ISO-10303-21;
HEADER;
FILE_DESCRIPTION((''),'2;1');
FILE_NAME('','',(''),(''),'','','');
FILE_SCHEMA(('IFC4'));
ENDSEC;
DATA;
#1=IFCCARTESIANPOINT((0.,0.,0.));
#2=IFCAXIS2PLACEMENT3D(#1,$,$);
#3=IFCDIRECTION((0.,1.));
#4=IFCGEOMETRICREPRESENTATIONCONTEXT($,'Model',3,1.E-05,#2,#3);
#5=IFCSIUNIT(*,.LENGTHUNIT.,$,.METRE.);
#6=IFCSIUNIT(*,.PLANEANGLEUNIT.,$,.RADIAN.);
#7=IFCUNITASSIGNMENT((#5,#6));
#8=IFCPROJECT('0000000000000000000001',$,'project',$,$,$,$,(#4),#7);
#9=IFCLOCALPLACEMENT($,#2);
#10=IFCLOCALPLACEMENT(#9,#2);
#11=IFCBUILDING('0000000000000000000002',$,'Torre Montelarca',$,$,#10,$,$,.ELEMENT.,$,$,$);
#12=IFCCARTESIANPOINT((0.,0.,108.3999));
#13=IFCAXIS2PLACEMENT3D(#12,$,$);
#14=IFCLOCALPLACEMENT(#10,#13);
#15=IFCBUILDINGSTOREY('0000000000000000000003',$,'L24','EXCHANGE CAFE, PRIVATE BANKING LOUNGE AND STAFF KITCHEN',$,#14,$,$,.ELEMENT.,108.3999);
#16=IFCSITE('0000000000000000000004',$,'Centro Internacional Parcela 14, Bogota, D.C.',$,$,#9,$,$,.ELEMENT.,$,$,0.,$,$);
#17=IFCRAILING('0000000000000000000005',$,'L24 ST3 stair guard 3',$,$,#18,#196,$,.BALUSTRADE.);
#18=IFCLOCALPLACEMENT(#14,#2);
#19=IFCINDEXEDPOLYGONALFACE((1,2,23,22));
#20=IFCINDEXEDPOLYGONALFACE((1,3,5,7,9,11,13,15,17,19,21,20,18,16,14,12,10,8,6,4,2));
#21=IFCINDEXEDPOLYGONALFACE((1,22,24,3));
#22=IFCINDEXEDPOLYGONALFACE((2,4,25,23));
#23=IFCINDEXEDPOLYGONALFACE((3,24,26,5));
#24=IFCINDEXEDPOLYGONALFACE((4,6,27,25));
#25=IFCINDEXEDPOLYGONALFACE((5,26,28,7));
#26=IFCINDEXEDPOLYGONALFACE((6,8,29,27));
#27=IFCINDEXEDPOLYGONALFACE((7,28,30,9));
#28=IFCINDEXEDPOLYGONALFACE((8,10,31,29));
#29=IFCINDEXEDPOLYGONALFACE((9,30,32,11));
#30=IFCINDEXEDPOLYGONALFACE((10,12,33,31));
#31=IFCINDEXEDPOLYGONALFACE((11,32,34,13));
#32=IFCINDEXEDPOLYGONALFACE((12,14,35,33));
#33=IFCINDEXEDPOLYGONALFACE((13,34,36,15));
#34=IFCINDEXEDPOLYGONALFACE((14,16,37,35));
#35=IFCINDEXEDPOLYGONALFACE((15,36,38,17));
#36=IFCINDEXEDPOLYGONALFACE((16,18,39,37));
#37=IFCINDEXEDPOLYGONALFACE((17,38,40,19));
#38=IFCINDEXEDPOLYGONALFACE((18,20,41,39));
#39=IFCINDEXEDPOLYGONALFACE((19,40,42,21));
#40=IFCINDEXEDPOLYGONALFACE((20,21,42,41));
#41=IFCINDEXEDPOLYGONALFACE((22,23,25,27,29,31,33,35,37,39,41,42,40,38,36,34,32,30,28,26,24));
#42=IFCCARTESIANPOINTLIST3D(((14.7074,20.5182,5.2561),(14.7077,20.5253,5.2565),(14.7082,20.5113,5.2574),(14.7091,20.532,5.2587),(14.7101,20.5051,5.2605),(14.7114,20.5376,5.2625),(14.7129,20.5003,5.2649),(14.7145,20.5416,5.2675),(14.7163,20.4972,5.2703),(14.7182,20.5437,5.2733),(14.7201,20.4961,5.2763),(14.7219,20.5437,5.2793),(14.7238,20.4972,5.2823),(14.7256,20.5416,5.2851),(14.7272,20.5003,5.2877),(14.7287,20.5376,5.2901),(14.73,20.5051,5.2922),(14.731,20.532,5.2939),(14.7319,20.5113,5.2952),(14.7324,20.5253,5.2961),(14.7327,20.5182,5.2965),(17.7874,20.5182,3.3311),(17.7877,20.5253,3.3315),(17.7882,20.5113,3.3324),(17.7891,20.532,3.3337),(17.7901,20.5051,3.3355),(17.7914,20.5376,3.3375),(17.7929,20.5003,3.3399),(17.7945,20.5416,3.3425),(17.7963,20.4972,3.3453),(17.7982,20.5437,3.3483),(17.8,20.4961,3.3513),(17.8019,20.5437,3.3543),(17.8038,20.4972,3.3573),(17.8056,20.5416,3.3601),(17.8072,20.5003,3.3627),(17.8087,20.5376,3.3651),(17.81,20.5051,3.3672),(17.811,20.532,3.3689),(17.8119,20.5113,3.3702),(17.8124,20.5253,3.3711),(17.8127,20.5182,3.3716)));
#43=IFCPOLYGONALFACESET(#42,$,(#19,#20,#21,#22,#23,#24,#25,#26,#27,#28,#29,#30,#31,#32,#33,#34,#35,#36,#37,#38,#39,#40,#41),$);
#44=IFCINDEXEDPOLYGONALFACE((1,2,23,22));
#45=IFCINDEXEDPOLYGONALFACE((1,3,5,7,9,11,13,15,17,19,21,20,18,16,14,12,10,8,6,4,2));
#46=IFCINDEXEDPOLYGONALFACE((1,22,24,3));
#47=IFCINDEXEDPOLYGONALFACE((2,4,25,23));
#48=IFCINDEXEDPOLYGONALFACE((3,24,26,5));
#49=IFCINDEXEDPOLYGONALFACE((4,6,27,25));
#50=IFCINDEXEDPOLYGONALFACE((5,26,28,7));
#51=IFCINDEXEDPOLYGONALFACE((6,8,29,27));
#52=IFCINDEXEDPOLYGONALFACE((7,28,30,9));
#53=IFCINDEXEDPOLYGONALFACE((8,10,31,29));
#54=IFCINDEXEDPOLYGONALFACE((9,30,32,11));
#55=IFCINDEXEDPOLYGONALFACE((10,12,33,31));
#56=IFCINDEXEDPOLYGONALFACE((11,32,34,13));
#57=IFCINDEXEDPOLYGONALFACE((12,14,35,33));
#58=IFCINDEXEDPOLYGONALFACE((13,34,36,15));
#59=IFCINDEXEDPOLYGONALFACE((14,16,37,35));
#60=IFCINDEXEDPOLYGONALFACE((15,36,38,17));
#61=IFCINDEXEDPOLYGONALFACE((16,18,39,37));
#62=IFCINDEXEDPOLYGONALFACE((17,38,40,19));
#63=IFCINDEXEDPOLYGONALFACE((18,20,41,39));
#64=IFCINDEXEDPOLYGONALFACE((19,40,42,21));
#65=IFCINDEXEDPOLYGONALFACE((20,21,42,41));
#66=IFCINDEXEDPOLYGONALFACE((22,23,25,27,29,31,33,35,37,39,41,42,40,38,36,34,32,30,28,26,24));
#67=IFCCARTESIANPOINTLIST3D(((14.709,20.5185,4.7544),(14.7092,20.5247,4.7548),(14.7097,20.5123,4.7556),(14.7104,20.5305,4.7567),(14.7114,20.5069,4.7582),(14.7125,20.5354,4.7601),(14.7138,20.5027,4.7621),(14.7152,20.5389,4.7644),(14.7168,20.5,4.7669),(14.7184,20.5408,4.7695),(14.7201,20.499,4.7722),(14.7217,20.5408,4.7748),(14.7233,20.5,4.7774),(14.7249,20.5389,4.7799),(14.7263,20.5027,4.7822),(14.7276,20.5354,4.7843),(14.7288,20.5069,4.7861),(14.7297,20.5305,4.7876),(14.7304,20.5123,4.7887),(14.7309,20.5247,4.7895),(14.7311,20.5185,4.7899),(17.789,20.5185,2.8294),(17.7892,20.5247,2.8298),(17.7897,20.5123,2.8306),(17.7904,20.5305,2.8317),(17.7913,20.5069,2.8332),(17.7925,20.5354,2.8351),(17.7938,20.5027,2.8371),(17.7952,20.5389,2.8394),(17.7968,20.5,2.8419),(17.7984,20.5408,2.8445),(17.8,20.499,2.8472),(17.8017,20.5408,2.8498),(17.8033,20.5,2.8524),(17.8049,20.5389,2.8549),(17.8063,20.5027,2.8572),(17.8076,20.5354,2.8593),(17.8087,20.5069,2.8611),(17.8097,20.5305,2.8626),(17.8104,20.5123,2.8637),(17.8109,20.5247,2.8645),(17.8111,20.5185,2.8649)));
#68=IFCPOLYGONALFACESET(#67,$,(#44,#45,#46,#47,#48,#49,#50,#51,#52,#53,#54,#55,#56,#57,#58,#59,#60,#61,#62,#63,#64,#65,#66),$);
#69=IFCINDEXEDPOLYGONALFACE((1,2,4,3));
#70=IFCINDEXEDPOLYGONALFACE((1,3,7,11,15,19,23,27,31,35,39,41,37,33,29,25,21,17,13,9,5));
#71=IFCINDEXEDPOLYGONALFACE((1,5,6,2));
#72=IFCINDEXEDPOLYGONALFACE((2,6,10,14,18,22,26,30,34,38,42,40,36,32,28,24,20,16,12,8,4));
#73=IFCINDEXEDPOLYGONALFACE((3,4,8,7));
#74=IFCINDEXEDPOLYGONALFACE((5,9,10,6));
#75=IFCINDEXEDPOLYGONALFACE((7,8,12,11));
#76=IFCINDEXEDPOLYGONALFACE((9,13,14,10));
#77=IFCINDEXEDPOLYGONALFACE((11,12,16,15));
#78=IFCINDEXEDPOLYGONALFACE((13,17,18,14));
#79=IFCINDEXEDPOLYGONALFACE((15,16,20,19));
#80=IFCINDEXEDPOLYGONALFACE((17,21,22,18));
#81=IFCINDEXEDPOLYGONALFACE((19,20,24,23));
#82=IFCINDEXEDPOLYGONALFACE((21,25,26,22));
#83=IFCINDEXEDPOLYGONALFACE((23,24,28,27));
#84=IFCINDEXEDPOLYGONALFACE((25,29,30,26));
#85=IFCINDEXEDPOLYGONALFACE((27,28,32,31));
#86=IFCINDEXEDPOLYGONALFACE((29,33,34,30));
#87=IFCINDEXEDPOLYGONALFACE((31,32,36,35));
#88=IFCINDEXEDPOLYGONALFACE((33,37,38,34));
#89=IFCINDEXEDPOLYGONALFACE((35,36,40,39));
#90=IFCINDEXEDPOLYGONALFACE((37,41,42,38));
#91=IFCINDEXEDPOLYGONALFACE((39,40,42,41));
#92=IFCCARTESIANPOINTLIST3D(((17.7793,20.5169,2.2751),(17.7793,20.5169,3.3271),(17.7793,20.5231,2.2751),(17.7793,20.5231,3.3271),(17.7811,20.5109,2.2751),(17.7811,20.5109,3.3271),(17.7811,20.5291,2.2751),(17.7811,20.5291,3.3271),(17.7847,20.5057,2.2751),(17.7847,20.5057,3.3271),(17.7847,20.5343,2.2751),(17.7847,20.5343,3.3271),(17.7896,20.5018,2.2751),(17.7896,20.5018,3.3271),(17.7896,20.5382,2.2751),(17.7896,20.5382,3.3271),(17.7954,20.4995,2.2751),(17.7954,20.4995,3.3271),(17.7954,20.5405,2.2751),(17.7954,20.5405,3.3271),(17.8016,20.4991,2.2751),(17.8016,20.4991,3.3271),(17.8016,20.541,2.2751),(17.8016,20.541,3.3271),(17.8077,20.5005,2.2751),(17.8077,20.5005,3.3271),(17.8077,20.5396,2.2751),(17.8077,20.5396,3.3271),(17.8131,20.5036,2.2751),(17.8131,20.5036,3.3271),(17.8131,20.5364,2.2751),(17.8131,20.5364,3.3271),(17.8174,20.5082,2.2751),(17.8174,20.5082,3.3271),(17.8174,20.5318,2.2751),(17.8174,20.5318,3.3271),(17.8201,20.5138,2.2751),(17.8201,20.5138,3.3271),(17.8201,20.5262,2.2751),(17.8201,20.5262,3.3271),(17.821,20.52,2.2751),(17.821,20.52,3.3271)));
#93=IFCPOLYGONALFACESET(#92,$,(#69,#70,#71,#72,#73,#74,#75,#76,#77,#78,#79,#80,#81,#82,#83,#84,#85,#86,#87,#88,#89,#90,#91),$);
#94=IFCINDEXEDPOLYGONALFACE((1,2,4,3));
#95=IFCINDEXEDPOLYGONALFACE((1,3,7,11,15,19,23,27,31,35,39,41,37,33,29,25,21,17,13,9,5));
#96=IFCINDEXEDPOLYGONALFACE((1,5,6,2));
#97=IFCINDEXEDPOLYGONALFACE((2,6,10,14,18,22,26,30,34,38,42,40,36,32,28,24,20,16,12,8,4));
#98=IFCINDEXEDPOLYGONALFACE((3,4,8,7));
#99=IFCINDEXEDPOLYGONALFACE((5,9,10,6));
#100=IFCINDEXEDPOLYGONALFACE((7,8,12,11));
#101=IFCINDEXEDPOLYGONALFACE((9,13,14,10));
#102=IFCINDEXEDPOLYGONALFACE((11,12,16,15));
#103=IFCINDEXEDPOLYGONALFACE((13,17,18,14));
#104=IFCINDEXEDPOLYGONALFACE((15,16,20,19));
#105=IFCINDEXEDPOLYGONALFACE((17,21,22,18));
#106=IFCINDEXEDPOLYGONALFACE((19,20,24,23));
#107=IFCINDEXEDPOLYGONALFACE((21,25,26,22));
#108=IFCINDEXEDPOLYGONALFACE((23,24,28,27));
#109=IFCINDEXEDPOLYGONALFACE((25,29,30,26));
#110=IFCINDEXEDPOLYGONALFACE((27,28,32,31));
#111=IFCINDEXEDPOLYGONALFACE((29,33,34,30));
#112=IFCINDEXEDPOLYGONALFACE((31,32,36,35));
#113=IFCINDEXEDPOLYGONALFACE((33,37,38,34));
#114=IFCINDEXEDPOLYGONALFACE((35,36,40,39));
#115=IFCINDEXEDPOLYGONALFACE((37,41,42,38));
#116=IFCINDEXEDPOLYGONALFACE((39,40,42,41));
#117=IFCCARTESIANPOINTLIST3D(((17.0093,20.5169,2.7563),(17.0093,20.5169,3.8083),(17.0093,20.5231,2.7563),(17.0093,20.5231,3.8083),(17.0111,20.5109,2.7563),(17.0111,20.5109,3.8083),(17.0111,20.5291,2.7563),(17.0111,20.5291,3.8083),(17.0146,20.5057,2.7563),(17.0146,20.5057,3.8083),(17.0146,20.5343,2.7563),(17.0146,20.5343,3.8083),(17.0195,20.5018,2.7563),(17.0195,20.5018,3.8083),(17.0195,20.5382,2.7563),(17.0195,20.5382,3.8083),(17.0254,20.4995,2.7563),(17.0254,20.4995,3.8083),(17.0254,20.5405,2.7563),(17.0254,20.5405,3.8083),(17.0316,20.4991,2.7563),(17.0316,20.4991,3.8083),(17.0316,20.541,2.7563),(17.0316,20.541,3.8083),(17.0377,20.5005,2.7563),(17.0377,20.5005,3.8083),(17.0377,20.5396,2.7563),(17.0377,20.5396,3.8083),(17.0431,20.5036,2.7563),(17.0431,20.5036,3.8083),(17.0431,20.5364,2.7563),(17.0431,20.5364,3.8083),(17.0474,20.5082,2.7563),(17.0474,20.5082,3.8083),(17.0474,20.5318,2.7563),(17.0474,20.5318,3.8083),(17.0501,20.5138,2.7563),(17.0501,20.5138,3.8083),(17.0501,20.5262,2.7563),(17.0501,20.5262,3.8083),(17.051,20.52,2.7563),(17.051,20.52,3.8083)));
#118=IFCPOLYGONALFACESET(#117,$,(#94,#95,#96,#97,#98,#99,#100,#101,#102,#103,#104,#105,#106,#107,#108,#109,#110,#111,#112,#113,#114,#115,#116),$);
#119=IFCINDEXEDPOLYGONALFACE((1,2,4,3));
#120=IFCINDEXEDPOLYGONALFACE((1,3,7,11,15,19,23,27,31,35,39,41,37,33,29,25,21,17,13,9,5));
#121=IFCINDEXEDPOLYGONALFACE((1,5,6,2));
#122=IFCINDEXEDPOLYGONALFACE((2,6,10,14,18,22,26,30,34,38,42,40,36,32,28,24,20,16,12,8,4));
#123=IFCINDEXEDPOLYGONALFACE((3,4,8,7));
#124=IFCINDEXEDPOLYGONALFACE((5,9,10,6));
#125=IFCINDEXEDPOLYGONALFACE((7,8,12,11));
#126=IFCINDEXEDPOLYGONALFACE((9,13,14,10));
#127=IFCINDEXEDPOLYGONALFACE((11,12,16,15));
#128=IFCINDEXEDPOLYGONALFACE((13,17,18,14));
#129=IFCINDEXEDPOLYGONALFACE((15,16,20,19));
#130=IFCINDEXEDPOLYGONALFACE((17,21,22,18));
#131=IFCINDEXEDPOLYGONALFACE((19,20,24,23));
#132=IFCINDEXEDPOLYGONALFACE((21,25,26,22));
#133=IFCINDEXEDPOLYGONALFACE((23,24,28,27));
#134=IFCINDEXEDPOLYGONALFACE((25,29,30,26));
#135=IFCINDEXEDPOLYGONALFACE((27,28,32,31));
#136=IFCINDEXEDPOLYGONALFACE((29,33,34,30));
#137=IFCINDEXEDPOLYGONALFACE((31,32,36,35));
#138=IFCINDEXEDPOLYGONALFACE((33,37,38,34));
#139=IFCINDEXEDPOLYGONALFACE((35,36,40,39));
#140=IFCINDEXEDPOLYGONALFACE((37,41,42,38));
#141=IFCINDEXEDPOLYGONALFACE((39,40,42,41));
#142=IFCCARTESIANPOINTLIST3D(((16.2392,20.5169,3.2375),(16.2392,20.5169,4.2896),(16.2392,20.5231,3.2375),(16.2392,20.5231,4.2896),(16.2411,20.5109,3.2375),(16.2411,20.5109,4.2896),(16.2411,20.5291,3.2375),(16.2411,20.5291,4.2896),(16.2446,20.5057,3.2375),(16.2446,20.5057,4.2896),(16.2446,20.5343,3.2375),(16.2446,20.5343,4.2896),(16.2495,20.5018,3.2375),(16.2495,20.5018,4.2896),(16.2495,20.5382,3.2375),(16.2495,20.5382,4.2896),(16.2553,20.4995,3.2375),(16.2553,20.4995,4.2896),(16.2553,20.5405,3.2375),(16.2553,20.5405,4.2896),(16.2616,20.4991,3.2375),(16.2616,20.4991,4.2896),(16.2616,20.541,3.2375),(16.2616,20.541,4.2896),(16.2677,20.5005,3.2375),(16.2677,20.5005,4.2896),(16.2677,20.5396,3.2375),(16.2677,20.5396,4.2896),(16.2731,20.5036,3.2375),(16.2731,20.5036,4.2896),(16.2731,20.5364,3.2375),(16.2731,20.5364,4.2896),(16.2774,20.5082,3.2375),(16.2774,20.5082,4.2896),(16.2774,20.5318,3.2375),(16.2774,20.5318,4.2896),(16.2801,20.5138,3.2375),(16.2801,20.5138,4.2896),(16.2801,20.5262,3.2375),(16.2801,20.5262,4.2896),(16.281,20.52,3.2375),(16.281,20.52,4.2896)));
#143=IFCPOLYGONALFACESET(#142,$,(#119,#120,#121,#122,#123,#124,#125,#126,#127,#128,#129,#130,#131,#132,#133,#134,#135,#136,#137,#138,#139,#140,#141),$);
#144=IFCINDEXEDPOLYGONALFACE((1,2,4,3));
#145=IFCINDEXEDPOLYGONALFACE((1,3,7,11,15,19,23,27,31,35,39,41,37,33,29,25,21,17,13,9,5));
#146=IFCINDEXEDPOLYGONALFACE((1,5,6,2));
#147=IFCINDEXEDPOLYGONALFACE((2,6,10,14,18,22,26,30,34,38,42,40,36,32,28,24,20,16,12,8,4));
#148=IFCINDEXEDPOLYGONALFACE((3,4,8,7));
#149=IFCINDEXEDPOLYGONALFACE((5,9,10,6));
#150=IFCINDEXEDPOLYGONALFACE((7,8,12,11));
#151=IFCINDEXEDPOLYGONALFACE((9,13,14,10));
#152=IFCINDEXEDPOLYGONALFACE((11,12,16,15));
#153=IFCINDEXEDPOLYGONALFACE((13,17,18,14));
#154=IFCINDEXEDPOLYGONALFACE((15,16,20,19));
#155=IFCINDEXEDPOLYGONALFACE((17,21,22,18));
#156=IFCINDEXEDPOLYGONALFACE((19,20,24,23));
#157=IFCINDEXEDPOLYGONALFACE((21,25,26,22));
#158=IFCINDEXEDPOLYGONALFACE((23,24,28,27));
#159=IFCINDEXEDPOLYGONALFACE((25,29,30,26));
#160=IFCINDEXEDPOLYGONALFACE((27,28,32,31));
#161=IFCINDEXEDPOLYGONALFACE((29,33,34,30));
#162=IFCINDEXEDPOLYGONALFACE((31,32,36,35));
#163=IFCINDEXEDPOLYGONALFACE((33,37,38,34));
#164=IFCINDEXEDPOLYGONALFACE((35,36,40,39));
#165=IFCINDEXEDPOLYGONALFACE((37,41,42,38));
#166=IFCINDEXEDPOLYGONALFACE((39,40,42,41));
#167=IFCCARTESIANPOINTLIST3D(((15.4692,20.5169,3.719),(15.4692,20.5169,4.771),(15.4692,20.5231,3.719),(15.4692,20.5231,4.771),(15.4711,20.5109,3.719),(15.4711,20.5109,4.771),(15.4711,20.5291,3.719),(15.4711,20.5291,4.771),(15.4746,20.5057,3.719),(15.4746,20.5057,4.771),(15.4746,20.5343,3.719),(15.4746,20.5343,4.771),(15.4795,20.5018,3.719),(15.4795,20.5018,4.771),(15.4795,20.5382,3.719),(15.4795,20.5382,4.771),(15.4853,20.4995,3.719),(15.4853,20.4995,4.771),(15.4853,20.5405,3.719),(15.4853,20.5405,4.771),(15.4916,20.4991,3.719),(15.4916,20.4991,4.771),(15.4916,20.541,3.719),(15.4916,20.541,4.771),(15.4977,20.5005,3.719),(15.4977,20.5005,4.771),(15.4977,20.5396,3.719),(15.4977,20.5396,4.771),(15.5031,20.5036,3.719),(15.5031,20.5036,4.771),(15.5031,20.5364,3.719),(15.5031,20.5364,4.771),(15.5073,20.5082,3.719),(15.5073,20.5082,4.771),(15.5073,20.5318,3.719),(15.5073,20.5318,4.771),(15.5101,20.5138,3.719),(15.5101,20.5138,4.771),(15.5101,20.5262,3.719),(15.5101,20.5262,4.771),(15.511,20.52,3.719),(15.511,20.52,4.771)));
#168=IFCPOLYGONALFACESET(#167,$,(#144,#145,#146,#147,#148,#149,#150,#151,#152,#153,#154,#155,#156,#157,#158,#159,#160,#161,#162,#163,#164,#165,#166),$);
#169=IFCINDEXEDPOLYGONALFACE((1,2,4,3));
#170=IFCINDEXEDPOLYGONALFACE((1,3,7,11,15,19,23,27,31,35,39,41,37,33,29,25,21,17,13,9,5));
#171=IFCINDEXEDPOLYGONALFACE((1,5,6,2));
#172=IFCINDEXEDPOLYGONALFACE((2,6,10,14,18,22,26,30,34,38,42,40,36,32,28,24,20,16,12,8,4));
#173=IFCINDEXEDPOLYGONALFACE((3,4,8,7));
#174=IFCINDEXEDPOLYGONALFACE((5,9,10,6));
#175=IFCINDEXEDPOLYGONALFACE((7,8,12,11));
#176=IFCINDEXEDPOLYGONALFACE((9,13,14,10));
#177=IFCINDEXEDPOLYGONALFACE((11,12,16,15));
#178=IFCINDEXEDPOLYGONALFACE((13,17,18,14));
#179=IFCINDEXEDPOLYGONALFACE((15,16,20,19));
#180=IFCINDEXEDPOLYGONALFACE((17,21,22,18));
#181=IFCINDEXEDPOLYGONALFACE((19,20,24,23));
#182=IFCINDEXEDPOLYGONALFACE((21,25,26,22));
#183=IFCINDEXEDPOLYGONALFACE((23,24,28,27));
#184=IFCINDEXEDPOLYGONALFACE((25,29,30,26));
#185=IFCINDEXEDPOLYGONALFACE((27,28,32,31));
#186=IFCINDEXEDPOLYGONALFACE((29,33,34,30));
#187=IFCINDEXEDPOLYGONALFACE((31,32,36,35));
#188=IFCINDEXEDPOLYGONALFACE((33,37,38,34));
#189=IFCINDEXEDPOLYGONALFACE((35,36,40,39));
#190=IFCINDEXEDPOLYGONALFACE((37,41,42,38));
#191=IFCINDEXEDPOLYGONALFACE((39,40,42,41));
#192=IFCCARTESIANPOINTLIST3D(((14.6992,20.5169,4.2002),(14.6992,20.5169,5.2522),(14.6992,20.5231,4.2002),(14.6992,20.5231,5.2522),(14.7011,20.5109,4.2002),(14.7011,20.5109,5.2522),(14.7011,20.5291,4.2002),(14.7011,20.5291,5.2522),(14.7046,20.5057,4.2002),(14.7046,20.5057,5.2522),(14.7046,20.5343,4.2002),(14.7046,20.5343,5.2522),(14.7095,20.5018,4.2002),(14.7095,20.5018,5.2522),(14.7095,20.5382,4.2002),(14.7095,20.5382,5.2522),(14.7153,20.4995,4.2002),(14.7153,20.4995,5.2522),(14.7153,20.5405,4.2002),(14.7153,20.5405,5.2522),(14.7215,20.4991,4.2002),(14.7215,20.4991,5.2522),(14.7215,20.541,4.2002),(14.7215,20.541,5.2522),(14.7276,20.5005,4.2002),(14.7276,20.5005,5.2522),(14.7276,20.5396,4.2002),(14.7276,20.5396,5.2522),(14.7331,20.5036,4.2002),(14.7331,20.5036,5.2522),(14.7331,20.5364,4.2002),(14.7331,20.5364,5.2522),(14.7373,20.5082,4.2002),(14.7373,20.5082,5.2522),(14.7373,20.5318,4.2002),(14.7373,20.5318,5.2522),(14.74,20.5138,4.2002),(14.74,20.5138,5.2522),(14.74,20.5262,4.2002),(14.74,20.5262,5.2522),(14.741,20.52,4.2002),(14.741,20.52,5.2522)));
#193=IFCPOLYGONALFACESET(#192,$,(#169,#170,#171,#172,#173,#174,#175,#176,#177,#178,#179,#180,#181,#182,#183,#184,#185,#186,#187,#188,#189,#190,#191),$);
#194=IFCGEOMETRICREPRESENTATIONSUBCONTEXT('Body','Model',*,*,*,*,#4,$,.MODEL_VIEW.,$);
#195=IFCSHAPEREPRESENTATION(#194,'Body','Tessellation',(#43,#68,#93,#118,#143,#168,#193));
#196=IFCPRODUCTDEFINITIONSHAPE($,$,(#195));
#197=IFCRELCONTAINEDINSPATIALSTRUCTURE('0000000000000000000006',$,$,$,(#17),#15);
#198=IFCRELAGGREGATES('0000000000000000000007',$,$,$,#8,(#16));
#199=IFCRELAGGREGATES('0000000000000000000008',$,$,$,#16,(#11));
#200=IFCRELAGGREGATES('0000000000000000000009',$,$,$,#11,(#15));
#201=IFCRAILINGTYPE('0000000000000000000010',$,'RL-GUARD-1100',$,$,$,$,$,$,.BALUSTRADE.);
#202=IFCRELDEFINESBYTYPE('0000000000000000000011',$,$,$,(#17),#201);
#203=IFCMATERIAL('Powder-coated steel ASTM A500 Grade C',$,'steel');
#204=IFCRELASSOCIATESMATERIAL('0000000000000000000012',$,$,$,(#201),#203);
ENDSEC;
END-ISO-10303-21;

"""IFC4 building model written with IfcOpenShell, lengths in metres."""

from ifc_helpers import new_model, si_unit, direction, frame, origin, origin_2d, place, context, subcontext, project, spatial, circle, extrude, material, type_object, element, save


model = new_model("IFC4")

# Units and contexts
model_context = context("Model", 3, precision=1e-05, world=origin(), true_north=direction((0.0, 1.0)))
body_context = subcontext(model_context, "Body", "Model", "MODEL_VIEW")
ifc_project = project(units=[si_unit("LENGTHUNIT", "METRE"), si_unit("PLANEANGLEUNIT", "RADIAN")], contexts=[model_context])

# Site, building, storey
site_placement = place(None, origin())
site = spatial("IfcSite", under=ifc_project, at=site_placement, Name="Centro Internacional Parcela 14, Bogota, D.C.", CompositionType="ELEMENT", RefElevation=0.0)
building_placement = place(site_placement, origin())
building = spatial("IfcBuilding", under=site, at=building_placement, Name="Torre Montelarca", CompositionType="ELEMENT")
storey_placement = place(building_placement, frame((0.0, 0.0, 108.3999)))
storey = spatial("IfcBuildingStorey", under=building, at=storey_placement, Name="L24", Description="EXCHANGE CAFE, PRIVATE BANKING LOUNGE AND STAFF KITCHEN", CompositionType="ELEMENT", Elevation=108.3999)

# Railing
ifc_material_1 = material(Name="Powder-coated steel ASTM A500 Grade C", Category="steel")
railing_type_1 = type_object("IfcRailingType", Name="RL-GUARD-1100", PredefinedType="BALUSTRADE", material=ifc_material_1)
railing_1_placement = place(storey_placement, frame((17.8, 20.52, 2.2751)))
element("IfcRailing", 1, at=railing_1_placement, inside=storey, type_object=railing_type_1, Name="L24 ST3 stair guard 3", PredefinedType="BALUSTRADE", context=body_context, shape_type="SweptSolid", body=[
    extrude(circle(Radius=0.0239, at=origin_2d()), frame((0.0, 0.0, 1.0762), z_axis=(-0.847998, 0.0, 0.529999), x_axis=(0.0, -1.0, 0.0)), (0.0, 0.0, 1.0), 3.6321),
    extrude(circle(Radius=0.021, at=origin_2d()), frame((0.0, 0.0, 0.572), z_axis=(-0.847998, 0.0, 0.529999), x_axis=(0.0, -1.0, 0.0)), (0.0, 0.0, 1.0), 3.6321),
    extrude(circle(Radius=0.021, at=origin_2d()), origin(), (0.0, 0.0, 1.0), 1.052),
    extrude(circle(Radius=0.021, at=origin_2d()), frame((-0.77, 0.0, 0.4812)), (0.0, 0.0, 1.0), 1.052),
    extrude(circle(Radius=0.021, at=origin_2d()), frame((-1.54, 0.0, 0.9624)), (0.0, 0.0, 1.0), 1.052),
    extrude(circle(Radius=0.021, at=origin_2d()), frame((-2.3101, 0.0, 1.4438)), (0.0, 0.0, 1.0), 1.052),
    extrude(circle(Radius=0.021, at=origin_2d()), frame((-3.0801, 0.0, 1.925)), (0.0, 0.0, 1.0), 1.052),
])

save(model, "model.ifc")
